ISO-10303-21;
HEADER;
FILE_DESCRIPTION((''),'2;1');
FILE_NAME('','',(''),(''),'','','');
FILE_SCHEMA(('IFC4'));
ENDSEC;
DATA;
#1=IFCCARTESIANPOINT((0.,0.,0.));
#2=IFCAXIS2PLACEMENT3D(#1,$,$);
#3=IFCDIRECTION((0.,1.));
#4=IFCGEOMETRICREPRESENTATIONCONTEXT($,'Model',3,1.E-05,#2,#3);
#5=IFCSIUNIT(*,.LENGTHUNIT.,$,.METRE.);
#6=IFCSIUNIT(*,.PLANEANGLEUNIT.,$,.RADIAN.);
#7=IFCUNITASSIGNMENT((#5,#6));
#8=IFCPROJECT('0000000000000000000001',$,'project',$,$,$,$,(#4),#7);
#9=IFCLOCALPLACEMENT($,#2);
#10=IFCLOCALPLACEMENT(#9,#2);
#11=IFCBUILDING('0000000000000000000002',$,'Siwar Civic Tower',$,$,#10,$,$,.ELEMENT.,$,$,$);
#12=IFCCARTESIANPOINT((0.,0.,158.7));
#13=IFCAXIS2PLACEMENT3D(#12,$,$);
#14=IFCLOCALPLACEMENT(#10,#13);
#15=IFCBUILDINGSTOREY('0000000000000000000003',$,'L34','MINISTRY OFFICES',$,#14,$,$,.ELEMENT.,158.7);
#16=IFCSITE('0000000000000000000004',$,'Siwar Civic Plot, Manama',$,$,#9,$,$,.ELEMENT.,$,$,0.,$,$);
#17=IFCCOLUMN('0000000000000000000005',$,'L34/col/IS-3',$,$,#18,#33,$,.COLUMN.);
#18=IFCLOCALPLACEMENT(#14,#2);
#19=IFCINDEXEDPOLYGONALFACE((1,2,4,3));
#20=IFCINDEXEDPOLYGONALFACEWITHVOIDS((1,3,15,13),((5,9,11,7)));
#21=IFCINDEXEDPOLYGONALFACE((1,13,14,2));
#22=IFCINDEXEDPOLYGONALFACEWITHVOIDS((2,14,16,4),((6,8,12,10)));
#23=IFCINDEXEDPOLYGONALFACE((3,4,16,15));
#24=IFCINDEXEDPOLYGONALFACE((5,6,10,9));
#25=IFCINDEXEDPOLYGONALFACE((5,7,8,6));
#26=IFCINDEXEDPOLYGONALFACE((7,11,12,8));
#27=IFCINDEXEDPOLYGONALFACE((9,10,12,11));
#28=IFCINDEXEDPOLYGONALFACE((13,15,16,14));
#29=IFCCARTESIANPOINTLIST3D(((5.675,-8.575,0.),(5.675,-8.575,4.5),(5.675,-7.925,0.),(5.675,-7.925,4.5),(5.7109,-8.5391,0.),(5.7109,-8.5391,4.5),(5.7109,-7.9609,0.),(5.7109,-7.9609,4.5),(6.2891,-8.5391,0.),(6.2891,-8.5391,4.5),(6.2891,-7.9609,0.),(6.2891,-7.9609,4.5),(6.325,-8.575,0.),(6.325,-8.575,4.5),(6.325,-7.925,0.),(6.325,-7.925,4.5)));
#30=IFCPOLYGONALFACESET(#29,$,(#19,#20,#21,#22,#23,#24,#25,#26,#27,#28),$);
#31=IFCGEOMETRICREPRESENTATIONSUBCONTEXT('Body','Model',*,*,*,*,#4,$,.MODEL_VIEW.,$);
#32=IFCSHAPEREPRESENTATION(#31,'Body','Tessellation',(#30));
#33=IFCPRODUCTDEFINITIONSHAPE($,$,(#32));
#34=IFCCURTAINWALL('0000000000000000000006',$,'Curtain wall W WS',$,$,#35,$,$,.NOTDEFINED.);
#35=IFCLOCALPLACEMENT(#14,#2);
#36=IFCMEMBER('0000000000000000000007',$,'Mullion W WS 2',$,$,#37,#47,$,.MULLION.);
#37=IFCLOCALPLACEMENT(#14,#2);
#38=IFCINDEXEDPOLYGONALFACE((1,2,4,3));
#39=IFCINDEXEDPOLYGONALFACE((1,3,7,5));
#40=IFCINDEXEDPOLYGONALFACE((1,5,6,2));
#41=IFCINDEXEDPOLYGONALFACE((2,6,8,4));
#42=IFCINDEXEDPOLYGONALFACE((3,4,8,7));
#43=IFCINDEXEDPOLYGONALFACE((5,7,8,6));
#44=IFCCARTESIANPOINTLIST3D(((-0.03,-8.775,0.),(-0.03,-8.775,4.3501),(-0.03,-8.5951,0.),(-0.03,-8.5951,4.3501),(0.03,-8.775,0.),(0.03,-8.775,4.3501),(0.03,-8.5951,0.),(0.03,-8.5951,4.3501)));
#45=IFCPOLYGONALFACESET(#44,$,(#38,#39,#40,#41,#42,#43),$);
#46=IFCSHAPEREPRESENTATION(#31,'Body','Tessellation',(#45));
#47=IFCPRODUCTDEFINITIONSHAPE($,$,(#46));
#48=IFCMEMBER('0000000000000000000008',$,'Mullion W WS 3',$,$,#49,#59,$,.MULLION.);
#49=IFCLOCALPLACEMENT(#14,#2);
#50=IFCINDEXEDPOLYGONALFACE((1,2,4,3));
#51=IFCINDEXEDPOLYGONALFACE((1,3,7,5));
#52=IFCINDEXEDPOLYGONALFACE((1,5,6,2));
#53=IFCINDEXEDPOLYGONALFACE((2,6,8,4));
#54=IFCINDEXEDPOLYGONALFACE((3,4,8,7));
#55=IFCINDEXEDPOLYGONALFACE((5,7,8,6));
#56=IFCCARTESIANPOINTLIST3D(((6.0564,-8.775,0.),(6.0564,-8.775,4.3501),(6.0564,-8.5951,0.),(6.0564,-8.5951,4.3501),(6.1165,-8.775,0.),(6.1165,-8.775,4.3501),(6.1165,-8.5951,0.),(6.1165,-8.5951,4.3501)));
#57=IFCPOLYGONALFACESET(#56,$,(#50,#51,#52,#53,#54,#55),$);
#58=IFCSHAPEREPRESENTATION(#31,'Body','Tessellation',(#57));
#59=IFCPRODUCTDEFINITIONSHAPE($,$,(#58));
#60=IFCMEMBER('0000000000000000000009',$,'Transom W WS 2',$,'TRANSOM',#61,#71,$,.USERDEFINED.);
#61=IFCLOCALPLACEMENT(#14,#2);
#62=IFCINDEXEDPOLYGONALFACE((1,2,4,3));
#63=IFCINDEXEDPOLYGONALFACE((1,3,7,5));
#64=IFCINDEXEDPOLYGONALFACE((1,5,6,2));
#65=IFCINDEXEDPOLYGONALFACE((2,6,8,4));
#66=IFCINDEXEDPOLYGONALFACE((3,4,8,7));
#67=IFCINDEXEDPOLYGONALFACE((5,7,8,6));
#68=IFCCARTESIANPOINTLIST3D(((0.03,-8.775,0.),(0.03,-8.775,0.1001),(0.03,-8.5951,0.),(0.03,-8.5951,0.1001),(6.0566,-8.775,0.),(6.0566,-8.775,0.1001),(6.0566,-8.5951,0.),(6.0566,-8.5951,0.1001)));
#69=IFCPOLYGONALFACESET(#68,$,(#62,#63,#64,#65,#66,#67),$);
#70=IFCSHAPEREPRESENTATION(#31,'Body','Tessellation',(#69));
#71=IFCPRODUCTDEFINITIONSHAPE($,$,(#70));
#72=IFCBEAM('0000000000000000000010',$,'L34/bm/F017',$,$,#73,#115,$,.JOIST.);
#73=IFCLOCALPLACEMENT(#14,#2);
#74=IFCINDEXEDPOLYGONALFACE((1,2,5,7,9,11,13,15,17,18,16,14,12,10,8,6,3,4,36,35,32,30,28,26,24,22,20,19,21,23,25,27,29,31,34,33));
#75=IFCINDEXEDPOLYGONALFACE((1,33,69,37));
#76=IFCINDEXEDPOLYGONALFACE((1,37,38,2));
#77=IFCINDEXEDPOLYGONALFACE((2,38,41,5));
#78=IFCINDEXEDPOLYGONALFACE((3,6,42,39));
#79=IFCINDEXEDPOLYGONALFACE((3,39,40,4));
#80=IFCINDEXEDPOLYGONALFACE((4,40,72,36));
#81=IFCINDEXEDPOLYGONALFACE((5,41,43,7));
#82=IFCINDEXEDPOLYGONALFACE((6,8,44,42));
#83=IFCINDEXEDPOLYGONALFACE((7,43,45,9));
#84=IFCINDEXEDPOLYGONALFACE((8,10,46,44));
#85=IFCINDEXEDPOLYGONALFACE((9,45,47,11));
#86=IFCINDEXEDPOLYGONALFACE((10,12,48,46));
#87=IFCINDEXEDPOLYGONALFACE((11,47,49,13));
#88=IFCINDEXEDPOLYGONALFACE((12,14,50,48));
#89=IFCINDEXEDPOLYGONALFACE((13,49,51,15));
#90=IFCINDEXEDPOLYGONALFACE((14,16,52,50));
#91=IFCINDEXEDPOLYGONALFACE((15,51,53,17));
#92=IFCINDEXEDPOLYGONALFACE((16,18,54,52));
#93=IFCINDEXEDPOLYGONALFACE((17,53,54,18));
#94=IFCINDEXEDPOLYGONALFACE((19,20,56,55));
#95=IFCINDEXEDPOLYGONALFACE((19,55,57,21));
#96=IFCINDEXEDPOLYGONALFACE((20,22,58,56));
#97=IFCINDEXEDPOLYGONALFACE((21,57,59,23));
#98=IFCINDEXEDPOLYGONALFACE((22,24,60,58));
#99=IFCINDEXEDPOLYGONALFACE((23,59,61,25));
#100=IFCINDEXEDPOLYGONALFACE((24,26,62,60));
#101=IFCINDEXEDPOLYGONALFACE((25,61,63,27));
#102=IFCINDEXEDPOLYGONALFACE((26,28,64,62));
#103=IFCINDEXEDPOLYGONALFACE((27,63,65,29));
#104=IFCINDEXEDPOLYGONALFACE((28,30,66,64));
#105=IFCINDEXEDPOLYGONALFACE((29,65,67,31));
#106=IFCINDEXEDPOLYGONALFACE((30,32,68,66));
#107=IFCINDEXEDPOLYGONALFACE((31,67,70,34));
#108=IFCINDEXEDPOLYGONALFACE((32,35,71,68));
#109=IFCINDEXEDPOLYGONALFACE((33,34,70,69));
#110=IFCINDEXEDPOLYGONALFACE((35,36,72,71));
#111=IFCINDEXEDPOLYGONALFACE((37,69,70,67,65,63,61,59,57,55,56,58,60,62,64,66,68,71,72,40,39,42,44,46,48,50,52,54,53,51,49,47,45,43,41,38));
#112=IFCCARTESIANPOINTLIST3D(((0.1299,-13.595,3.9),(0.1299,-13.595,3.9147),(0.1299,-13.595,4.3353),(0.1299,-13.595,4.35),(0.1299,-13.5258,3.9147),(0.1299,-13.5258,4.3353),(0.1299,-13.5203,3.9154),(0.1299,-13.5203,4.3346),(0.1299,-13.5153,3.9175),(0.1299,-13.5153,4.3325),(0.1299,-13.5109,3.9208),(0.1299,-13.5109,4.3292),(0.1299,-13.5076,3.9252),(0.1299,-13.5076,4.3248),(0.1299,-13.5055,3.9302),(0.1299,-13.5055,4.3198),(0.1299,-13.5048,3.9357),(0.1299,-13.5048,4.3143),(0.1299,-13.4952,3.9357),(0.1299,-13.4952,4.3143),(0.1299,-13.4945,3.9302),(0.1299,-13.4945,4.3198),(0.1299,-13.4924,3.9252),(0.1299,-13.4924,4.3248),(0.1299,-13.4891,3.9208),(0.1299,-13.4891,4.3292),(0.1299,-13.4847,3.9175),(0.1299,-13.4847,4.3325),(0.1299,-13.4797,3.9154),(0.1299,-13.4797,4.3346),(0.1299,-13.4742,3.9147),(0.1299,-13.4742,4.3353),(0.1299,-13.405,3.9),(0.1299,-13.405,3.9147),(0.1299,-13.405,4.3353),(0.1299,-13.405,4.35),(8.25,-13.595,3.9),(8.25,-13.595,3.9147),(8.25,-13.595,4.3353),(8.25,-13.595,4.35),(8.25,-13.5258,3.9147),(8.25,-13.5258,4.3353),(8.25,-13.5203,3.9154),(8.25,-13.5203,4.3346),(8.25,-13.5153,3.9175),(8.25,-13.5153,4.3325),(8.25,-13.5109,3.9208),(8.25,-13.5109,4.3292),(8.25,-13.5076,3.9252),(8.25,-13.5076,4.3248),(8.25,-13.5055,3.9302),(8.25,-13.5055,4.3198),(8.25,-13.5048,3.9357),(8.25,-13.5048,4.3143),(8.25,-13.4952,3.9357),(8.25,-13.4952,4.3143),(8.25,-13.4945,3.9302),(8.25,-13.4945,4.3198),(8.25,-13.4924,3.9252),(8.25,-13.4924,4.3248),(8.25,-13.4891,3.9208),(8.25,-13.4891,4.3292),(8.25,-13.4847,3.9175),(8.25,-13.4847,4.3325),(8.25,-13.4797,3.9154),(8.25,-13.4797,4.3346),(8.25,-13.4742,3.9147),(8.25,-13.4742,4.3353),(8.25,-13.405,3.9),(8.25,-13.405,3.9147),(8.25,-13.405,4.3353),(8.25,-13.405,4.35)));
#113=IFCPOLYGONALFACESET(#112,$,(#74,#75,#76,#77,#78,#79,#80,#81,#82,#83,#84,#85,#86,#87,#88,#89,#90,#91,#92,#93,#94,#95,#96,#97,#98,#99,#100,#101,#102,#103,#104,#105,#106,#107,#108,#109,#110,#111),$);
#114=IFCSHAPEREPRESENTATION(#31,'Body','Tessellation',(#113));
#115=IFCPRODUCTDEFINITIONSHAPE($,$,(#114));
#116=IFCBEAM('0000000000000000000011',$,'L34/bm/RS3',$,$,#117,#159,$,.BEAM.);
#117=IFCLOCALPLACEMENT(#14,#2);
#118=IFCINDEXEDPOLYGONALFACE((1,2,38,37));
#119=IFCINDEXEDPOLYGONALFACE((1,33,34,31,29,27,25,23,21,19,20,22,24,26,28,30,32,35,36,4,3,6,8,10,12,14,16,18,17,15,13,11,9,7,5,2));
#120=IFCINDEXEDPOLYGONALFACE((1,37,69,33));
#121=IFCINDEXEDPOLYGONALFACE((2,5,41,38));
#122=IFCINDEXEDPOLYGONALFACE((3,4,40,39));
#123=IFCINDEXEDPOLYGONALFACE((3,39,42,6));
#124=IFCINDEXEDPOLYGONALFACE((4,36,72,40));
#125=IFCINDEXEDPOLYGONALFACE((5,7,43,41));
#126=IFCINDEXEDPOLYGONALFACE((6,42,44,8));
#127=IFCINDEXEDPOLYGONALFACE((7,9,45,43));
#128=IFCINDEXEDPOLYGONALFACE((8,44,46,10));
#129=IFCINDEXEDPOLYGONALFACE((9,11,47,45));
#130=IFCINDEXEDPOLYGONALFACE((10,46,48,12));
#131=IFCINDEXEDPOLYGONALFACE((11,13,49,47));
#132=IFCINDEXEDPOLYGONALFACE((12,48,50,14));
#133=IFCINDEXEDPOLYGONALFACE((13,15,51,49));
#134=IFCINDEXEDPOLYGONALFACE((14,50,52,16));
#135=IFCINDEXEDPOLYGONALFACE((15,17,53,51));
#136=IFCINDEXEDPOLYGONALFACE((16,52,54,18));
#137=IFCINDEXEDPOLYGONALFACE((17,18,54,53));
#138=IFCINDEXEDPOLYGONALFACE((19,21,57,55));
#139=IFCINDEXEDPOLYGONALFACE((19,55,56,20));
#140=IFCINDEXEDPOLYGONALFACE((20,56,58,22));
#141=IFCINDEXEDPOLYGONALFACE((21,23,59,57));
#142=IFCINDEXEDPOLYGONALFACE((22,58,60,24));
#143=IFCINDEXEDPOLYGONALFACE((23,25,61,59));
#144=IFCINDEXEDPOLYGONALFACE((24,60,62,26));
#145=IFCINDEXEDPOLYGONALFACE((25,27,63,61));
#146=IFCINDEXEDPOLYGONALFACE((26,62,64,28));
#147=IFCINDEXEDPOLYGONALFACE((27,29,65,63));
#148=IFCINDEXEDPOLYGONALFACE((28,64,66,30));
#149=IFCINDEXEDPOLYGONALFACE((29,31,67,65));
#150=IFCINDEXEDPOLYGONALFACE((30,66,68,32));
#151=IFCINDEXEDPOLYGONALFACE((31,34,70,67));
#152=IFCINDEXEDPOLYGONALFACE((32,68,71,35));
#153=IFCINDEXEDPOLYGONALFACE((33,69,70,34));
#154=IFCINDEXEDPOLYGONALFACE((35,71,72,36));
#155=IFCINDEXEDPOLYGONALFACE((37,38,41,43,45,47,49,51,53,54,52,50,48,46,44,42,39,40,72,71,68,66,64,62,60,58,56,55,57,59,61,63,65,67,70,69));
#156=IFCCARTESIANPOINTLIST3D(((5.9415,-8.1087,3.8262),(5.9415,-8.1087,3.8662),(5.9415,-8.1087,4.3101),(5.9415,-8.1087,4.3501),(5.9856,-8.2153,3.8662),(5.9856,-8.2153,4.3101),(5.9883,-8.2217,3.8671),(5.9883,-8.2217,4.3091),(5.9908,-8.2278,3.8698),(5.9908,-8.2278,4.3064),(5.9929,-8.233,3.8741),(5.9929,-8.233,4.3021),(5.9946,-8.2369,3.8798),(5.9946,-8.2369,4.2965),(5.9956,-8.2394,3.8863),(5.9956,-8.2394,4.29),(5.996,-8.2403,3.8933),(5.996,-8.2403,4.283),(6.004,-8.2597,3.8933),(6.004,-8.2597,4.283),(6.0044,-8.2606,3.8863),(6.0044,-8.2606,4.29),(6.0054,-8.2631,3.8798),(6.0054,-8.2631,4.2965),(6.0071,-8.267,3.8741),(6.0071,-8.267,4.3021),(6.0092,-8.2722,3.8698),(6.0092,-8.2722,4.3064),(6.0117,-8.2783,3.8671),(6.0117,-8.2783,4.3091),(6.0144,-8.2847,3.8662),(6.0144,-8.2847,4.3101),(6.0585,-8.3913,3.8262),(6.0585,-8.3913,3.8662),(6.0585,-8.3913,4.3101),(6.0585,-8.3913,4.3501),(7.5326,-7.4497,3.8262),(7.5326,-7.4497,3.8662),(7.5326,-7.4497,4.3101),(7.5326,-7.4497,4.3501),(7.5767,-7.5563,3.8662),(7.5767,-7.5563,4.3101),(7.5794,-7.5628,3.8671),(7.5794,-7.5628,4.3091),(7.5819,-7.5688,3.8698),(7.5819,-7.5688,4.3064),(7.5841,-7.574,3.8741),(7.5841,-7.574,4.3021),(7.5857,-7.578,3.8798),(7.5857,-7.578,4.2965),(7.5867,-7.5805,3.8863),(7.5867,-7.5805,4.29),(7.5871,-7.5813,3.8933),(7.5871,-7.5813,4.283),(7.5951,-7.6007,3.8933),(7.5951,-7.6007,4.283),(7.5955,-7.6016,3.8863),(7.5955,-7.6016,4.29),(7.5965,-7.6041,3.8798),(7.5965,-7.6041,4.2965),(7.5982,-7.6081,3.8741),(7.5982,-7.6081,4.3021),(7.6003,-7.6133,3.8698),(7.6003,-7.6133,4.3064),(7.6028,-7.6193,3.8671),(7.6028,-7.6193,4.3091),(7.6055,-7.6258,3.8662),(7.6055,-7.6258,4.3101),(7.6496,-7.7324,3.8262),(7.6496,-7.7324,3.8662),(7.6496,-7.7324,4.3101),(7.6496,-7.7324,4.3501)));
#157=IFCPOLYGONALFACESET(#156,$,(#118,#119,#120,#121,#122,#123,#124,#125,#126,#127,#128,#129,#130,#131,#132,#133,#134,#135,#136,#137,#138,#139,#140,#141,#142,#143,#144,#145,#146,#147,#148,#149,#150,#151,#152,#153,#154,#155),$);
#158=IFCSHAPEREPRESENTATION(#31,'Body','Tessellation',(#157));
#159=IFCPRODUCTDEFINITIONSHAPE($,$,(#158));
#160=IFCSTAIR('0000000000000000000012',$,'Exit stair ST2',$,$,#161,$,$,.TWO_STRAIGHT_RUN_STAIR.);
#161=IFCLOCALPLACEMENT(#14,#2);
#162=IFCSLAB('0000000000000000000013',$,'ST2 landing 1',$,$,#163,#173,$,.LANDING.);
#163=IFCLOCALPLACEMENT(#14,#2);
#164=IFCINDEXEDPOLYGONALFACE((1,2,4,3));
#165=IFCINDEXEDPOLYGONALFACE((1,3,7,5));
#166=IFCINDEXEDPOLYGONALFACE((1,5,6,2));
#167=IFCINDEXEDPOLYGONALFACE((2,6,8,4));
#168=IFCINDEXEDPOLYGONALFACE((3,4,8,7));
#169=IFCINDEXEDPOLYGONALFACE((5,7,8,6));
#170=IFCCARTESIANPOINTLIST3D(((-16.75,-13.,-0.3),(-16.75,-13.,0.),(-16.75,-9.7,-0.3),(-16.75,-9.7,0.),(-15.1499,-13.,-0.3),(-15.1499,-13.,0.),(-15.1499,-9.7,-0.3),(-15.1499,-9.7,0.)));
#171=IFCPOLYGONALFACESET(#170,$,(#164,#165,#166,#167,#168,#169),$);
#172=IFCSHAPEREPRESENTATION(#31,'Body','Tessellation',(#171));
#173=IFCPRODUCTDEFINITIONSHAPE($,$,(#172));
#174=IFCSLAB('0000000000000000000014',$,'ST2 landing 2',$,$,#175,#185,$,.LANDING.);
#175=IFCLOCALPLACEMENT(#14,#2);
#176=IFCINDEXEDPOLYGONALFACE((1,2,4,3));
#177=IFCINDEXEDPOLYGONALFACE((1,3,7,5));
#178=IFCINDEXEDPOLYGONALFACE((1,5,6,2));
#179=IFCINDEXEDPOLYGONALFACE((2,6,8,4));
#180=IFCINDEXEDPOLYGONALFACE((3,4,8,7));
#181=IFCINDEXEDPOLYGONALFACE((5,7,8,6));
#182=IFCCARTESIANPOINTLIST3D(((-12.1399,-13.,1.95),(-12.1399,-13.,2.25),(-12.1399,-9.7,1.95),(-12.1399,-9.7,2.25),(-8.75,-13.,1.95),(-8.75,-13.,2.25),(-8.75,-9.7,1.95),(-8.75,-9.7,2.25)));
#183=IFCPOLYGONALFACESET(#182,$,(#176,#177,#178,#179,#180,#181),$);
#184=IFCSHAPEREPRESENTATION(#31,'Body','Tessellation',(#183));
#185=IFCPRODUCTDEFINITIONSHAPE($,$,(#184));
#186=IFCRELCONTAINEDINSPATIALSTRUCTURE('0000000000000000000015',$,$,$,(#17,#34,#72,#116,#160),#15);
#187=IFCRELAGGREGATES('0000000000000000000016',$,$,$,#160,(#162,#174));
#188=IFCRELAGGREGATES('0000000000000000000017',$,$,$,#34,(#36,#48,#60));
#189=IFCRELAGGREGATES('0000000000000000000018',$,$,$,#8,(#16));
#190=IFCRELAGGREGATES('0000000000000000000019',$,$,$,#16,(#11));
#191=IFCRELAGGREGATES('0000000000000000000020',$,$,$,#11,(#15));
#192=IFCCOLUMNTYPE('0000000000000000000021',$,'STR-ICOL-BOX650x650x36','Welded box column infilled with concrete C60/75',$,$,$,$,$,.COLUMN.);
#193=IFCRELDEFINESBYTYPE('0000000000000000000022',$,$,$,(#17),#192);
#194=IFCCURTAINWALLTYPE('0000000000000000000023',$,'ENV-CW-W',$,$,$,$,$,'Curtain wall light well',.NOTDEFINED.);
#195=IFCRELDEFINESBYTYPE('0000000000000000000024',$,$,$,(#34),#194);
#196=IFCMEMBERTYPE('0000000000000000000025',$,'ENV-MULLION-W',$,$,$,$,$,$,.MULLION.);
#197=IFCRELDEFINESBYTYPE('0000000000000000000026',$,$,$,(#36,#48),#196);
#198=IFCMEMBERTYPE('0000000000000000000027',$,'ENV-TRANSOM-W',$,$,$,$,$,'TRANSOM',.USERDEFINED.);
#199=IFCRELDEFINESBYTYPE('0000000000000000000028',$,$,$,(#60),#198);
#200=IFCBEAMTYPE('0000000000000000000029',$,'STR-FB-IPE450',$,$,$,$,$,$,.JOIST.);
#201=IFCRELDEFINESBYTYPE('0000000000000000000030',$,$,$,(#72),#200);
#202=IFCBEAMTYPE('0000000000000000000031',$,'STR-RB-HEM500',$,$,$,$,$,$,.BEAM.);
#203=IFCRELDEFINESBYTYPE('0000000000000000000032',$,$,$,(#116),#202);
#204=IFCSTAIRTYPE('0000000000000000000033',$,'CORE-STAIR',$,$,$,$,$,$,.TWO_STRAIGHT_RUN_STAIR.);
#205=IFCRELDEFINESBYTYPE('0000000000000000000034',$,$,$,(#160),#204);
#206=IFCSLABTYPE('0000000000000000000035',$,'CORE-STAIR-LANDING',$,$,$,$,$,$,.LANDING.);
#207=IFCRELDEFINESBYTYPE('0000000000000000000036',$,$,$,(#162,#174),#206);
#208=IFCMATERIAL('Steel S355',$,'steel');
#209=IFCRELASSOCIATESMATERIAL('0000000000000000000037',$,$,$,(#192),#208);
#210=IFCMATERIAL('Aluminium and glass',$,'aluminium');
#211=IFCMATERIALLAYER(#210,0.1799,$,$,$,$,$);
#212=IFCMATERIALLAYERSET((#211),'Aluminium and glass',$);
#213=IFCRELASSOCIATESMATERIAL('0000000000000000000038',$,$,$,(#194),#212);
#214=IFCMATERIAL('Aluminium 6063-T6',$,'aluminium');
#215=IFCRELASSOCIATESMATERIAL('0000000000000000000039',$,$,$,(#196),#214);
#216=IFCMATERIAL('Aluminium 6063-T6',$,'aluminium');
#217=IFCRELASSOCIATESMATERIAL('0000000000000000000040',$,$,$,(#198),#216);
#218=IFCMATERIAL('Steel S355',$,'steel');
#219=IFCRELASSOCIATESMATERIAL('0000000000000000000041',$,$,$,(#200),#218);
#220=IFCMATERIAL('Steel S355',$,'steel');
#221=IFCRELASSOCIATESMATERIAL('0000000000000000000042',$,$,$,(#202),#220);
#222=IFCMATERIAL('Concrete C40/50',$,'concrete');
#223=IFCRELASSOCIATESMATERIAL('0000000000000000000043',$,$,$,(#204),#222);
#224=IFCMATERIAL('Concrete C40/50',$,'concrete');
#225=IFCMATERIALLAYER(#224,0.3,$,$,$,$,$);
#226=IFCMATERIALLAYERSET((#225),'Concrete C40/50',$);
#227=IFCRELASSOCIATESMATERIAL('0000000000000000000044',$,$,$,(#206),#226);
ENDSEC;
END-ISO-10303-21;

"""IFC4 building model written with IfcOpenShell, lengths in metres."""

from ifc_helpers import new_model, si_unit, direction, frame, origin, origin_2d, place, context, subcontext, project, spatial, polyline, rectangle, hollow_rectangle, i_section, outline, extrude, material, layer, layer_set, material_profile, profile_set, type_object, element, aggregate, save


model = new_model("IFC4")

# Units and contexts
model_context = context("Model", 3, precision=1e-05, world=origin(), true_north=direction((0.0, 1.0)))
body_context = subcontext(model_context, "Body", "Model", "MODEL_VIEW")
ifc_project = project(units=[si_unit("LENGTHUNIT", "METRE"), si_unit("PLANEANGLEUNIT", "RADIAN")], contexts=[model_context])

# Site, building, storey
site_placement = place(None, origin())
site = spatial("IfcSite", under=ifc_project, at=site_placement, Name="Siwar Civic Plot, Manama", CompositionType="ELEMENT", RefElevation=0.0)
building_placement = place(site_placement, origin())
building = spatial("IfcBuilding", under=site, at=building_placement, Name="Siwar Civic Tower", CompositionType="ELEMENT")
storey_placement = place(building_placement, frame((0.0, 0.0, 158.7)))
storey = spatial("IfcBuildingStorey", under=building, at=storey_placement, Name="L34", Description="MINISTRY OFFICES", CompositionType="ELEMENT", Elevation=158.7)

# Column
ifc_material_1 = material(Name="Steel S355", Category="steel")
ifc_material_profile_1 = material_profile(ifc_material_1, hollow_rectangle(XDim=0.6499, YDim=0.6499, WallThickness=0.0359, at=origin_2d()), Name="BOX650x650x36")
ifc_profile_set_1 = profile_set([ifc_material_profile_1], Name="Steel S355")
column_type = type_object("IfcColumnType", Name="STR-ICOL-BOX650x650x36", Description="Welded box column infilled with concrete C60/75", PredefinedType="COLUMN", material=ifc_profile_set_1)
column_placement = place(storey_placement, frame((6.0, -8.25, 0.0), z_axis=(0.0, 0.0, 1.0), x_axis=(1.0, 0.0, 0.0)))
element("IfcColumn", 1, at=column_placement, inside=storey, type_object=column_type, Name="L34/col/IS-3", PredefinedType="COLUMN", context=body_context, shape_type="SweptSolid", body=[
    extrude(hollow_rectangle(XDim=0.6499, YDim=0.6499, WallThickness=0.0359, at=origin_2d()), origin(), (0.0, 0.0, 1.0), 4.5),
])

# Curtain wall, members
ifc_material_2 = material(Name="Aluminium and glass", Category="aluminium")
ifc_layer_1 = layer(ifc_material_2, 0.1799)
ifc_layer_set_1 = layer_set([ifc_layer_1], Name="Aluminium and glass")
curtain_wall_type = type_object("IfcCurtainWallType", Name="ENV-CW-W", ElementType="Curtain wall light well", PredefinedType="NOTDEFINED", material=ifc_layer_set_1)
curtain_wall_placement = place(storey_placement, origin())
curtain_wall = element("IfcCurtainWall", 2, at=curtain_wall_placement, inside=storey, type_object=curtain_wall_type, Name="Curtain wall W WS", PredefinedType="NOTDEFINED")
ifc_material_3 = material(Name="Aluminium 6063-T6", Category="aluminium")
ifc_material_profile_2 = material_profile(ifc_material_3, rectangle(XDim=0.1799, YDim=0.0601, at=origin_2d()), Name="AL 180x60")
ifc_profile_set_2 = profile_set([ifc_material_profile_2], Name="Aluminium 6063-T6")
member_type_1 = type_object("IfcMemberType", Name="ENV-MULLION-W", PredefinedType="MULLION", material=ifc_profile_set_2)
member_1_placement = place(storey_placement, frame((0.0, -8.6851, 0.0), z_axis=(0.0, 0.0, 1.0), x_axis=(0.0, 1.0, 0.0)))
member_1 = element("IfcMember", 3, at=member_1_placement, type_object=member_type_1, Name="Mullion W WS 2", PredefinedType="MULLION", context=body_context, shape_type="SweptSolid", body=[
    extrude(rectangle(XDim=0.1799, YDim=0.0601, at=origin_2d()), origin(), (0.0, 0.0, 1.0), 4.3501),
])
member_2_placement = place(storey_placement, frame((6.0864, -8.6851, 0.0), z_axis=(0.0, 0.0, 1.0), x_axis=(0.0, 1.0, 0.0)))
member_2 = element("IfcMember", 4, at=member_2_placement, type_object=member_type_1, Name="Mullion W WS 3", PredefinedType="MULLION", context=body_context, shape_type="SweptSolid", body=[
    extrude(rectangle(XDim=0.1799, YDim=0.0601, at=origin_2d()), origin(), (0.0, 0.0, 1.0), 4.3501),
])
ifc_material_4 = material(Name="Aluminium 6063-T6", Category="aluminium")
ifc_material_profile_3 = material_profile(ifc_material_4, rectangle(XDim=0.1799, YDim=0.1001, at=origin_2d()), Name="AL 180x100")
ifc_profile_set_3 = profile_set([ifc_material_profile_3], Name="Aluminium 6063-T6")
member_type_2 = type_object("IfcMemberType", Name="ENV-TRANSOM-W", ElementType="TRANSOM", PredefinedType="USERDEFINED", material=ifc_profile_set_3)
member_3_placement = place(storey_placement, frame((0.03, -8.6851, 0.05), z_axis=(1.0, 0.0, 0.0), x_axis=(0.0, 1.0, 0.0)))
member_3 = element("IfcMember", 5, at=member_3_placement, type_object=member_type_2, Name="Transom W WS 2", ObjectType="TRANSOM", PredefinedType="USERDEFINED", context=body_context, shape_type="SweptSolid", body=[
    extrude(rectangle(XDim=0.1799, YDim=0.1001, at=origin_2d()), origin(), (0.0, 0.0, 1.0), 6.0266),
])

# Beams
ifc_material_5 = material(Name="Steel S355", Category="steel")
ifc_material_profile_4 = material_profile(ifc_material_5, i_section(OverallWidth=0.1899, OverallDepth=0.45, WebThickness=0.0095, FlangeThickness=0.0146, FilletRadius=0.021, at=origin_2d()), Name="IPE450")
ifc_profile_set_4 = profile_set([ifc_material_profile_4], Name="Steel S355")
beam_type_1 = type_object("IfcBeamType", Name="STR-FB-IPE450", PredefinedType="JOIST", material=ifc_profile_set_4)
beam_1_placement = place(storey_placement, frame((0.1299, -13.5, 4.125), z_axis=(1.0, 0.0, 0.0), x_axis=(0.0, 1.0, 0.0)))
element("IfcBeam", 6, at=beam_1_placement, inside=storey, type_object=beam_type_1, Name="L34/bm/F017", PredefinedType="JOIST", context=body_context, shape_type="SweptSolid", body=[
    extrude(i_section(OverallWidth=0.1899, OverallDepth=0.45, WebThickness=0.0095, FlangeThickness=0.0146, FilletRadius=0.021, at=origin_2d()), origin(), (0.0, 0.0, 1.0), 8.1201),
])
ifc_material_6 = material(Name="Steel S355", Category="steel")
ifc_material_profile_5 = material_profile(ifc_material_6, i_section(OverallWidth=0.3059, OverallDepth=0.5239, WebThickness=0.021, FlangeThickness=0.04, FilletRadius=0.0271, at=origin_2d()), Name="HEM500")
ifc_profile_set_5 = profile_set([ifc_material_profile_5], Name="Steel S355")
beam_type_2 = type_object("IfcBeamType", Name="STR-RB-HEM500", PredefinedType="BEAM", material=ifc_profile_set_5)
beam_2_placement = place(storey_placement, frame((6.0, -8.25, 4.0881), z_axis=(0.923901, 0.382631, 0.0), x_axis=(-0.382631, 0.923901, 0.0)))
element("IfcBeam", 7, at=beam_2_placement, inside=storey, type_object=beam_type_2, Name="L34/bm/RS3", PredefinedType="BEAM", context=body_context, shape_type="SweptSolid", body=[
    extrude(i_section(OverallWidth=0.3059, OverallDepth=0.5239, WebThickness=0.021, FlangeThickness=0.04, FilletRadius=0.0271, at=origin_2d()), origin(), (0.0, 0.0, 1.0), 1.7222),
])

# Stair, slabs
ifc_material_7 = material(Name="Concrete C40/50", Category="concrete")
stair_type = type_object("IfcStairType", Name="CORE-STAIR", PredefinedType="TWO_STRAIGHT_RUN_STAIR", material=ifc_material_7)
stair_1_placement = place(storey_placement, origin())
stair_1 = element("IfcStair", 8, at=stair_1_placement, inside=storey, type_object=stair_type, Name="Exit stair ST2", PredefinedType="TWO_STRAIGHT_RUN_STAIR")
ifc_material_8 = material(Name="Concrete C40/50", Category="concrete")
ifc_layer_2 = layer(ifc_material_8, 0.3)
ifc_layer_set_2 = layer_set([ifc_layer_2], Name="Concrete C40/50")
slab_type = type_object("IfcSlabType", Name="CORE-STAIR-LANDING", PredefinedType="LANDING", material=ifc_layer_set_2)
slab_1_placement = place(storey_placement, frame((0.0, 0.0, -0.3)))
slab_1 = element("IfcSlab", 9, at=slab_1_placement, type_object=slab_type, Name="ST2 landing 1", PredefinedType="LANDING", context=body_context, shape_type="SweptSolid", body=[
    extrude(outline(polyline([(-15.1499, -9.7), (-16.75, -9.7), (-16.75, -13.0), (-15.1499, -13.0), (-15.1499, -9.7)])), origin(), (0.0, 0.0, 1.0), 0.3),
])
slab_2_placement = place(storey_placement, frame((0.0, 0.0, 1.95)))
slab_2 = element("IfcSlab", 10, at=slab_2_placement, type_object=slab_type, Name="ST2 landing 2", PredefinedType="LANDING", context=body_context, shape_type="SweptSolid", body=[
    extrude(outline(polyline([(-8.75, -9.7), (-12.1399, -9.7), (-12.1399, -13.0), (-8.75, -13.0), (-8.75, -9.7)])), origin(), (0.0, 0.0, 1.0), 0.3),
])
aggregate(stair_1, [slab_1, slab_2])

aggregate(curtain_wall, [member_1, member_2, member_3])

save(model, "model.ifc")
